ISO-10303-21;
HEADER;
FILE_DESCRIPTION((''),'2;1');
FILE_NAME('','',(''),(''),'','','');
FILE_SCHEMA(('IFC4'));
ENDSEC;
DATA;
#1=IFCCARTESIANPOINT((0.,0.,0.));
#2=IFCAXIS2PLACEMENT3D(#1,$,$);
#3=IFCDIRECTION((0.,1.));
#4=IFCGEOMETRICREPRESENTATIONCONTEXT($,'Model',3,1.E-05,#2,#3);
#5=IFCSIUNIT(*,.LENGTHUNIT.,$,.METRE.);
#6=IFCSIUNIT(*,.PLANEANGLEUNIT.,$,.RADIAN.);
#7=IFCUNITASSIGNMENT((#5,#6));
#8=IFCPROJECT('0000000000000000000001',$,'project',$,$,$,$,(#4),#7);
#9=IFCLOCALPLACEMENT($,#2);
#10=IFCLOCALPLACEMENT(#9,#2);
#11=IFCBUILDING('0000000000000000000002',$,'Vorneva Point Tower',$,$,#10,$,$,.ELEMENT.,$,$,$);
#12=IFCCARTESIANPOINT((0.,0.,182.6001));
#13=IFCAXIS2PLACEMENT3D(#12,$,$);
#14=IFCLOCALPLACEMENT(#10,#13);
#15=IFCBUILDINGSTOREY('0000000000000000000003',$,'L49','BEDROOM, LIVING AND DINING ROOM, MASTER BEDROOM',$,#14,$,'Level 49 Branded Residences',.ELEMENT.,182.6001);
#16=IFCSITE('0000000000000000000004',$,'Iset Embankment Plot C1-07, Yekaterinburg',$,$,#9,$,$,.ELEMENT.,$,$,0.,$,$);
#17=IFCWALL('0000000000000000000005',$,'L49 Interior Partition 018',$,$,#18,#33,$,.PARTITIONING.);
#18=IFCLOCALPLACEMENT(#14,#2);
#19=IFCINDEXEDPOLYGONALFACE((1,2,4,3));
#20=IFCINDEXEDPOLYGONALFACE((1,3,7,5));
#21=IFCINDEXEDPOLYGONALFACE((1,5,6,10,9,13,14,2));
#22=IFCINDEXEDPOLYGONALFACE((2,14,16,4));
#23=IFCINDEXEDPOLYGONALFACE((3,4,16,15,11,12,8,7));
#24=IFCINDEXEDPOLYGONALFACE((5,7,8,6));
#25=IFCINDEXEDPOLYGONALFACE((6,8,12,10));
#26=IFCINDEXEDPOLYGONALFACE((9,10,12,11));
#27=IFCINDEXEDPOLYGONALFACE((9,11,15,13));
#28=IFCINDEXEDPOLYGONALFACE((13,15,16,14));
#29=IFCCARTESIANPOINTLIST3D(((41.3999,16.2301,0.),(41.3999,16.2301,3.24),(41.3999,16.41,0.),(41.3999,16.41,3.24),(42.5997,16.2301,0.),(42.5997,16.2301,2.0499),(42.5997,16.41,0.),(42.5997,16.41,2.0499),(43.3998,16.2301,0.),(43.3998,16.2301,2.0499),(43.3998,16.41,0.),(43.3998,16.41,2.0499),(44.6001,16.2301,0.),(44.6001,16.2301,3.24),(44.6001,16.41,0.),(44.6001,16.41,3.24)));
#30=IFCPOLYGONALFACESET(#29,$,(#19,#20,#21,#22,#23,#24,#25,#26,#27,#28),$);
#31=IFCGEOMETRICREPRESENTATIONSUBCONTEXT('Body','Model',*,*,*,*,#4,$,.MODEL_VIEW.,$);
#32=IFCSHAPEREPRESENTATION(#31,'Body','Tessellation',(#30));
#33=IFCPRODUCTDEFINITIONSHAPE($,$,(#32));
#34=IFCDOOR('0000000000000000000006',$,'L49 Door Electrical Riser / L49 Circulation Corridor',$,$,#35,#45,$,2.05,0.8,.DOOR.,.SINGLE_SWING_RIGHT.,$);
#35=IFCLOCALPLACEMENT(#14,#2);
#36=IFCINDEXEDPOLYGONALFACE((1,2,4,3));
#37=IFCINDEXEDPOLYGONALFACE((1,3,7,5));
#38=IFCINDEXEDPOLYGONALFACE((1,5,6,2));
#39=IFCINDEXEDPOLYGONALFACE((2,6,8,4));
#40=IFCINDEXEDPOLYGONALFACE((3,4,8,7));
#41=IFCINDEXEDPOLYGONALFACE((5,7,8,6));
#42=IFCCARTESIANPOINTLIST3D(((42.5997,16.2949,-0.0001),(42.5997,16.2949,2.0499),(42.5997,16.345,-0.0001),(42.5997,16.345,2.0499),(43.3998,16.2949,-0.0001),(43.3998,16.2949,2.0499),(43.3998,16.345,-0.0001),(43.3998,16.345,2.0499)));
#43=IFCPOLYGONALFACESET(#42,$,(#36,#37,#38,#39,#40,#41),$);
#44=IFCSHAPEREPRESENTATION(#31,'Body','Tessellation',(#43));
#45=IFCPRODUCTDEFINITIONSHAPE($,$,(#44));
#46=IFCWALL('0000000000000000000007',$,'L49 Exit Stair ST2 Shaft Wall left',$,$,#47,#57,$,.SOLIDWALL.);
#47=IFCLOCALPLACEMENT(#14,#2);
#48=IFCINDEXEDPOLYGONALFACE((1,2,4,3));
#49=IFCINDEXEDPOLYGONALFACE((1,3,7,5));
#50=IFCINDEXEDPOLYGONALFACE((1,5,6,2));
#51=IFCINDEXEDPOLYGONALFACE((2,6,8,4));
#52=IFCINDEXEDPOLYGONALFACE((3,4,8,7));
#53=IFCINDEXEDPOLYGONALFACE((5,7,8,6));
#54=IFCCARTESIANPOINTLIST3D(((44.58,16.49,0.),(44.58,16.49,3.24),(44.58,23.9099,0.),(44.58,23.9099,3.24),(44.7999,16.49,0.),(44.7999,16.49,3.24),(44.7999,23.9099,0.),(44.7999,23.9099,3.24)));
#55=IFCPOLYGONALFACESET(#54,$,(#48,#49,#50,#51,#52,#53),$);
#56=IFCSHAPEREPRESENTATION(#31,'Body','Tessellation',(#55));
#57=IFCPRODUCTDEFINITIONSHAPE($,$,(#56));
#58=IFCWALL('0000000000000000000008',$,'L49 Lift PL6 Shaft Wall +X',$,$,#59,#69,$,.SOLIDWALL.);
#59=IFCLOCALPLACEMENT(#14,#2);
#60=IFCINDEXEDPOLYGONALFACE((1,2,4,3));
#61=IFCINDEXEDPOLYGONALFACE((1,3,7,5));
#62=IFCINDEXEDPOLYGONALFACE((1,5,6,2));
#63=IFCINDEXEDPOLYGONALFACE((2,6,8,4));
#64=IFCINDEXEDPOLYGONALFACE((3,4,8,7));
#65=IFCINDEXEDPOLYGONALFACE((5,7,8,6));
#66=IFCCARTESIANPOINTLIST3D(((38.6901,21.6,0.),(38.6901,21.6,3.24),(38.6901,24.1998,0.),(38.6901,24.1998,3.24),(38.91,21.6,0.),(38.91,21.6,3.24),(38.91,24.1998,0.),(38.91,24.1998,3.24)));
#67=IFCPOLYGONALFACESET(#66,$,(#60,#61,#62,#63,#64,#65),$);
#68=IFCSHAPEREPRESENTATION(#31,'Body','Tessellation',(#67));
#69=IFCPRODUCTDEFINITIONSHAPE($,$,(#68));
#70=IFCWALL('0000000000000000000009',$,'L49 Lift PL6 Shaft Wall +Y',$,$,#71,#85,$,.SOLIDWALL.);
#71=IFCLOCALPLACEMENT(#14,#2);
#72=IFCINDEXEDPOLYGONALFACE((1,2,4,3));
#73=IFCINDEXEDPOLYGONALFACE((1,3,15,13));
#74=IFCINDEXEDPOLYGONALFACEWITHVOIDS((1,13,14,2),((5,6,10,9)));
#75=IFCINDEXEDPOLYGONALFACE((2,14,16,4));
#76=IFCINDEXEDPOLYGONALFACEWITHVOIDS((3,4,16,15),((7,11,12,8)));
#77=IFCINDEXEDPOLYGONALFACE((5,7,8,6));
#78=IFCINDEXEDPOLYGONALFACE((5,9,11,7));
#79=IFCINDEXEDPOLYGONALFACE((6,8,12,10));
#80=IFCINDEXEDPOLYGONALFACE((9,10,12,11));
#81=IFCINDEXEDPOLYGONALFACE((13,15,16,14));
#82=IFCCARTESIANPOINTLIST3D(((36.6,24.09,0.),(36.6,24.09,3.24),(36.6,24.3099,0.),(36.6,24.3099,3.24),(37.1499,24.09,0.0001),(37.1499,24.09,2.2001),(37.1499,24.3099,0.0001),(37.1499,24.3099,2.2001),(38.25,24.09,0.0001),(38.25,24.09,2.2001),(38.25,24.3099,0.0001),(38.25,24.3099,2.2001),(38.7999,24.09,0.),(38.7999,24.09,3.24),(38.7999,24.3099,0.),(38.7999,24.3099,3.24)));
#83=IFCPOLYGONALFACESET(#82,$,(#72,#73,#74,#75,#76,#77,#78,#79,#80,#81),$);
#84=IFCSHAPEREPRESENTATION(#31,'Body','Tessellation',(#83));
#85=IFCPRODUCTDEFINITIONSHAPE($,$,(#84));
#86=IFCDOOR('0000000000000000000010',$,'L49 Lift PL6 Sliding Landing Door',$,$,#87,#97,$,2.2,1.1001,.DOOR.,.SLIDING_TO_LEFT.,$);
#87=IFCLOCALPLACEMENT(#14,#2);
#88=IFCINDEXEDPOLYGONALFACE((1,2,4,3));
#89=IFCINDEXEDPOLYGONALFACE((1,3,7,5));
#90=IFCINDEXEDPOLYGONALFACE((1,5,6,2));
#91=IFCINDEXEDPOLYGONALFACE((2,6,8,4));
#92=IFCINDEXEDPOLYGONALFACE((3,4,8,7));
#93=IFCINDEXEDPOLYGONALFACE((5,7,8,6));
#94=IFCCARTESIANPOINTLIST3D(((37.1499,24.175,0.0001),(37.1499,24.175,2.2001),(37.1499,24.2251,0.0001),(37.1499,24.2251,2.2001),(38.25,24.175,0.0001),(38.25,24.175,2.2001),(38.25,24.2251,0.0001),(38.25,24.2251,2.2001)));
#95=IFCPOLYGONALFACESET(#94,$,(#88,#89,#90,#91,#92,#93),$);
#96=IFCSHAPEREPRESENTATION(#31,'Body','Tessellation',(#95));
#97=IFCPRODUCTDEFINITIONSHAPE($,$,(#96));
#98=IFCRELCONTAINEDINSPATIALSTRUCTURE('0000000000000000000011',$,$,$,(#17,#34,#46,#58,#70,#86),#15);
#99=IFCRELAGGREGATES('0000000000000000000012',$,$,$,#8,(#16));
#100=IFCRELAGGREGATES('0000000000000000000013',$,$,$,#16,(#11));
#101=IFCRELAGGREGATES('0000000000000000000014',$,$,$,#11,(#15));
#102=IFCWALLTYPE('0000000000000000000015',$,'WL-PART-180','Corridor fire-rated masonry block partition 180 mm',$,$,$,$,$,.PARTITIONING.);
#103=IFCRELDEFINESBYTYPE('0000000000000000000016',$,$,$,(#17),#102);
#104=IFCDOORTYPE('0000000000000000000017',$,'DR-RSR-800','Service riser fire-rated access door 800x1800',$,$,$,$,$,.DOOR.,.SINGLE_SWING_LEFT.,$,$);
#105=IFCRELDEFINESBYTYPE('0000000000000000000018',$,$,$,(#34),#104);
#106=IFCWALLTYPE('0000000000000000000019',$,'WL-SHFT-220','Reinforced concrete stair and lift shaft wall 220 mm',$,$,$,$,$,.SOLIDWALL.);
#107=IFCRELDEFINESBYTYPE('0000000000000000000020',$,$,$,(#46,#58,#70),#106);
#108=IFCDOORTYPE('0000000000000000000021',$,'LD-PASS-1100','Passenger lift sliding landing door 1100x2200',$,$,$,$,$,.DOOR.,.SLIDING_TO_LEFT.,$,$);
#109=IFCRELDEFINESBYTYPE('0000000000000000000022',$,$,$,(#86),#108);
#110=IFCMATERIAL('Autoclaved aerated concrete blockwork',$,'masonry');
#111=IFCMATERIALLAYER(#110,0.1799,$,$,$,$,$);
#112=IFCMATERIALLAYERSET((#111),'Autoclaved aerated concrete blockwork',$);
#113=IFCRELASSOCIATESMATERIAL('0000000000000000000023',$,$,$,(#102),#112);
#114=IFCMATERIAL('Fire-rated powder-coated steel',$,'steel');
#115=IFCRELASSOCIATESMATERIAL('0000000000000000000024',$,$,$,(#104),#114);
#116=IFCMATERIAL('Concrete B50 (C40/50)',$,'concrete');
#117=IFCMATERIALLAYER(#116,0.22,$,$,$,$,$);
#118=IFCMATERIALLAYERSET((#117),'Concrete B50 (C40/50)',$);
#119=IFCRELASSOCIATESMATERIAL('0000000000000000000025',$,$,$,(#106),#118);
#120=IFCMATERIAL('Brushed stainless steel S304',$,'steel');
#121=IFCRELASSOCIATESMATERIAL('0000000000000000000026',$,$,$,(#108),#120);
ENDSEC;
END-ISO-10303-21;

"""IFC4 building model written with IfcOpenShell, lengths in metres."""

from ifc_helpers import new_model, si_unit, direction, frame, frame_2d, origin, place, context, subcontext, project, spatial, rectangle, extrude, material, layer, layer_set, type_object, element, fill, save


model = new_model("IFC4")

# Units and contexts
model_context = context("Model", 3, precision=1e-05, world=origin(), true_north=direction((0.0, 1.0)))
body_context = subcontext(model_context, "Body", "Model", "MODEL_VIEW")
ifc_project = project(units=[si_unit("LENGTHUNIT", "METRE"), si_unit("PLANEANGLEUNIT", "RADIAN")], contexts=[model_context])

# Site, building, storey
site_placement = place(None, origin())
site = spatial("IfcSite", under=ifc_project, at=site_placement, Name="Iset Embankment Plot C1-07, Yekaterinburg", CompositionType="ELEMENT", RefElevation=0.0)
building_placement = place(site_placement, origin())
building = spatial("IfcBuilding", under=site, at=building_placement, Name="Vorneva Point Tower", CompositionType="ELEMENT")
storey_placement = place(building_placement, frame((0.0, 0.0, 182.6001)))
storey = spatial("IfcBuildingStorey", under=building, at=storey_placement, Name="L49", Description="BEDROOM, LIVING AND DINING ROOM, MASTER BEDROOM", LongName="Level 49 Branded Residences", CompositionType="ELEMENT", Elevation=182.6001)

# Shared definitions
ifc_material_1 = material(Name="Concrete B50 (C40/50)", Category="concrete")

# Shared definitions
ifc_material_2 = material(Name="Autoclaved aerated concrete blockwork", Category="masonry")
ifc_layer_1 = layer(ifc_material_2, 0.1799)
ifc_layer_set_1 = layer_set([ifc_layer_1], Name="Autoclaved aerated concrete blockwork")
wall_type_1 = type_object("IfcWallType", Name="WL-PART-180", Description="Corridor fire-rated masonry block partition 180 mm", PredefinedType="PARTITIONING", material=ifc_layer_set_1)

# Wall, opening, door
ifc_material_3 = material(Name="Fire-rated powder-coated steel", Category="steel")
door_type_1 = type_object("IfcDoorType", Name="DR-RSR-800", Description="Service riser fire-rated access door 800x1800", OperationType="SINGLE_SWING_LEFT", PredefinedType="DOOR", material=ifc_material_3)
wall_1_placement = place(storey_placement, frame((41.3999, 16.3201, 0.0), z_axis=(0.0, 0.0, 1.0), x_axis=(1.0, 0.0, 0.0)))
wall_1 = element("IfcWall", 1, at=wall_1_placement, inside=storey, type_object=wall_type_1, Name="L49 Interior Partition 018", PredefinedType="PARTITIONING", context=body_context, shape_type="SweptSolid", body=[
    extrude(rectangle(XDim=3.2002, YDim=0.1799, at=frame_2d((1.6001, 0.0))), origin(), (0.0, 0.0, 1.0), 3.24),
])
opening_1_placement = place(wall_1_placement, frame((1.2, 0.0, 0.0)))
opening_1 = element("IfcOpeningElement", 2, at=opening_1_placement, cuts=wall_1, PredefinedType="OPENING", context=body_context, shape_type="SweptSolid", body=[
    extrude(rectangle(XDim=0.8, YDim=2.05, at=frame_2d((0.3999, 1.0249))), frame((0.0, 0.105, 0.0), z_axis=(0.0, -1.0, 0.0), x_axis=(1.0, 0.0, 0.0)), (0.0, 0.0, 1.0), 0.2097),
])
door_1_placement = place(opening_1_placement, origin())
door_1 = element("IfcDoor", 3, at=door_1_placement, inside=storey, type_object=door_type_1, Name="L49 Door Electrical Riser / L49 Circulation Corridor", OperationType="SINGLE_SWING_RIGHT", OverallHeight=2.05, OverallWidth=0.8, PredefinedType="DOOR", context=body_context, shape_type="SweptSolid", body=[
    extrude(rectangle(XDim=0.8, YDim=2.05, at=frame_2d((0.3999, 1.0249))), frame((0.0, 0.0249, 0.0), z_axis=(0.0, -1.0, 0.0), x_axis=(1.0, 0.0, 0.0)), (0.0, 0.0, 1.0), 0.05),
])
fill(opening_1, door_1)
ifc_layer_2 = layer(ifc_material_1, 0.22)
ifc_layer_set_2 = layer_set([ifc_layer_2], Name="Concrete B50 (C40/50)")
wall_type_2 = type_object("IfcWallType", Name="WL-SHFT-220", Description="Reinforced concrete stair and lift shaft wall 220 mm", PredefinedType="SOLIDWALL", material=ifc_layer_set_2)

# Walls
wall_2_placement = place(storey_placement, frame((44.6899, 16.49, 0.0), z_axis=(0.0, 0.0, 1.0), x_axis=(0.0, 1.0, 0.0)))
element("IfcWall", 4, at=wall_2_placement, inside=storey, type_object=wall_type_2, Name="L49 Exit Stair ST2 Shaft Wall left", PredefinedType="SOLIDWALL", context=body_context, shape_type="SweptSolid", body=[
    extrude(rectangle(XDim=7.4199, YDim=0.22, at=frame_2d((3.71, 0.0))), origin(), (0.0, 0.0, 1.0), 3.24),
])
wall_3_placement = place(storey_placement, frame((38.8, 21.6001, 0.0), z_axis=(0.0, 0.0, 1.0), x_axis=(0.0, 1.0, 0.0)))
element("IfcWall", 5, at=wall_3_placement, inside=storey, type_object=wall_type_2, Name="L49 Lift PL6 Shaft Wall +X", PredefinedType="SOLIDWALL", context=body_context, shape_type="SweptSolid", body=[
    extrude(rectangle(XDim=2.5999, YDim=0.22, at=frame_2d((1.2998, 0.0))), origin(), (0.0, 0.0, 1.0), 3.24),
])

# Wall, opening, door
wall_4_placement = place(storey_placement, frame((38.8, 24.2, 0.0), z_axis=(0.0, 0.0, 1.0), x_axis=(-1.0, 0.0, 0.0)))
wall_4 = element("IfcWall", 6, at=wall_4_placement, inside=storey, type_object=wall_type_2, Name="L49 Lift PL6 Shaft Wall +Y", PredefinedType="SOLIDWALL", context=body_context, shape_type="SweptSolid", body=[
    extrude(rectangle(XDim=2.2, YDim=0.22, at=frame_2d((1.1001, 0.0))), origin(), (0.0, 0.0, 1.0), 3.24),
])
opening_2_placement = place(wall_4_placement, frame((0.55, 0.0, 0.0)))
opening_2 = element("IfcOpeningElement", 7, at=opening_2_placement, cuts=wall_4, PredefinedType="OPENING", context=body_context, shape_type="SweptSolid", body=[
    extrude(rectangle(XDim=1.1001, YDim=2.2, at=frame_2d((0.55, 1.1001))), frame((0.0, 0.125, 0.0), z_axis=(0.0, -1.0, 0.0), x_axis=(1.0, 0.0, 0.0)), (0.0, 0.0, 1.0), 0.2498),
])
ifc_material_4 = material(Name="Brushed stainless steel S304", Category="steel")
door_type_2 = type_object("IfcDoorType", Name="LD-PASS-1100", Description="Passenger lift sliding landing door 1100x2200", OperationType="SLIDING_TO_LEFT", PredefinedType="DOOR", material=ifc_material_4)
door_2_placement = place(opening_2_placement, origin())
door_2 = element("IfcDoor", 8, at=door_2_placement, inside=storey, type_object=door_type_2, Name="L49 Lift PL6 Sliding Landing Door", OperationType="SLIDING_TO_LEFT", OverallHeight=2.2, OverallWidth=1.1001, PredefinedType="DOOR", context=body_context, shape_type="SweptSolid", body=[
    extrude(rectangle(XDim=1.1001, YDim=2.2, at=frame_2d((0.55, 1.1001))), frame((0.0, 0.0249, 0.0), z_axis=(0.0, -1.0, 0.0), x_axis=(1.0, 0.0, 0.0)), (0.0, 0.0, 1.0), 0.05),
])
fill(opening_2, door_2)

save(model, "model.ifc")
